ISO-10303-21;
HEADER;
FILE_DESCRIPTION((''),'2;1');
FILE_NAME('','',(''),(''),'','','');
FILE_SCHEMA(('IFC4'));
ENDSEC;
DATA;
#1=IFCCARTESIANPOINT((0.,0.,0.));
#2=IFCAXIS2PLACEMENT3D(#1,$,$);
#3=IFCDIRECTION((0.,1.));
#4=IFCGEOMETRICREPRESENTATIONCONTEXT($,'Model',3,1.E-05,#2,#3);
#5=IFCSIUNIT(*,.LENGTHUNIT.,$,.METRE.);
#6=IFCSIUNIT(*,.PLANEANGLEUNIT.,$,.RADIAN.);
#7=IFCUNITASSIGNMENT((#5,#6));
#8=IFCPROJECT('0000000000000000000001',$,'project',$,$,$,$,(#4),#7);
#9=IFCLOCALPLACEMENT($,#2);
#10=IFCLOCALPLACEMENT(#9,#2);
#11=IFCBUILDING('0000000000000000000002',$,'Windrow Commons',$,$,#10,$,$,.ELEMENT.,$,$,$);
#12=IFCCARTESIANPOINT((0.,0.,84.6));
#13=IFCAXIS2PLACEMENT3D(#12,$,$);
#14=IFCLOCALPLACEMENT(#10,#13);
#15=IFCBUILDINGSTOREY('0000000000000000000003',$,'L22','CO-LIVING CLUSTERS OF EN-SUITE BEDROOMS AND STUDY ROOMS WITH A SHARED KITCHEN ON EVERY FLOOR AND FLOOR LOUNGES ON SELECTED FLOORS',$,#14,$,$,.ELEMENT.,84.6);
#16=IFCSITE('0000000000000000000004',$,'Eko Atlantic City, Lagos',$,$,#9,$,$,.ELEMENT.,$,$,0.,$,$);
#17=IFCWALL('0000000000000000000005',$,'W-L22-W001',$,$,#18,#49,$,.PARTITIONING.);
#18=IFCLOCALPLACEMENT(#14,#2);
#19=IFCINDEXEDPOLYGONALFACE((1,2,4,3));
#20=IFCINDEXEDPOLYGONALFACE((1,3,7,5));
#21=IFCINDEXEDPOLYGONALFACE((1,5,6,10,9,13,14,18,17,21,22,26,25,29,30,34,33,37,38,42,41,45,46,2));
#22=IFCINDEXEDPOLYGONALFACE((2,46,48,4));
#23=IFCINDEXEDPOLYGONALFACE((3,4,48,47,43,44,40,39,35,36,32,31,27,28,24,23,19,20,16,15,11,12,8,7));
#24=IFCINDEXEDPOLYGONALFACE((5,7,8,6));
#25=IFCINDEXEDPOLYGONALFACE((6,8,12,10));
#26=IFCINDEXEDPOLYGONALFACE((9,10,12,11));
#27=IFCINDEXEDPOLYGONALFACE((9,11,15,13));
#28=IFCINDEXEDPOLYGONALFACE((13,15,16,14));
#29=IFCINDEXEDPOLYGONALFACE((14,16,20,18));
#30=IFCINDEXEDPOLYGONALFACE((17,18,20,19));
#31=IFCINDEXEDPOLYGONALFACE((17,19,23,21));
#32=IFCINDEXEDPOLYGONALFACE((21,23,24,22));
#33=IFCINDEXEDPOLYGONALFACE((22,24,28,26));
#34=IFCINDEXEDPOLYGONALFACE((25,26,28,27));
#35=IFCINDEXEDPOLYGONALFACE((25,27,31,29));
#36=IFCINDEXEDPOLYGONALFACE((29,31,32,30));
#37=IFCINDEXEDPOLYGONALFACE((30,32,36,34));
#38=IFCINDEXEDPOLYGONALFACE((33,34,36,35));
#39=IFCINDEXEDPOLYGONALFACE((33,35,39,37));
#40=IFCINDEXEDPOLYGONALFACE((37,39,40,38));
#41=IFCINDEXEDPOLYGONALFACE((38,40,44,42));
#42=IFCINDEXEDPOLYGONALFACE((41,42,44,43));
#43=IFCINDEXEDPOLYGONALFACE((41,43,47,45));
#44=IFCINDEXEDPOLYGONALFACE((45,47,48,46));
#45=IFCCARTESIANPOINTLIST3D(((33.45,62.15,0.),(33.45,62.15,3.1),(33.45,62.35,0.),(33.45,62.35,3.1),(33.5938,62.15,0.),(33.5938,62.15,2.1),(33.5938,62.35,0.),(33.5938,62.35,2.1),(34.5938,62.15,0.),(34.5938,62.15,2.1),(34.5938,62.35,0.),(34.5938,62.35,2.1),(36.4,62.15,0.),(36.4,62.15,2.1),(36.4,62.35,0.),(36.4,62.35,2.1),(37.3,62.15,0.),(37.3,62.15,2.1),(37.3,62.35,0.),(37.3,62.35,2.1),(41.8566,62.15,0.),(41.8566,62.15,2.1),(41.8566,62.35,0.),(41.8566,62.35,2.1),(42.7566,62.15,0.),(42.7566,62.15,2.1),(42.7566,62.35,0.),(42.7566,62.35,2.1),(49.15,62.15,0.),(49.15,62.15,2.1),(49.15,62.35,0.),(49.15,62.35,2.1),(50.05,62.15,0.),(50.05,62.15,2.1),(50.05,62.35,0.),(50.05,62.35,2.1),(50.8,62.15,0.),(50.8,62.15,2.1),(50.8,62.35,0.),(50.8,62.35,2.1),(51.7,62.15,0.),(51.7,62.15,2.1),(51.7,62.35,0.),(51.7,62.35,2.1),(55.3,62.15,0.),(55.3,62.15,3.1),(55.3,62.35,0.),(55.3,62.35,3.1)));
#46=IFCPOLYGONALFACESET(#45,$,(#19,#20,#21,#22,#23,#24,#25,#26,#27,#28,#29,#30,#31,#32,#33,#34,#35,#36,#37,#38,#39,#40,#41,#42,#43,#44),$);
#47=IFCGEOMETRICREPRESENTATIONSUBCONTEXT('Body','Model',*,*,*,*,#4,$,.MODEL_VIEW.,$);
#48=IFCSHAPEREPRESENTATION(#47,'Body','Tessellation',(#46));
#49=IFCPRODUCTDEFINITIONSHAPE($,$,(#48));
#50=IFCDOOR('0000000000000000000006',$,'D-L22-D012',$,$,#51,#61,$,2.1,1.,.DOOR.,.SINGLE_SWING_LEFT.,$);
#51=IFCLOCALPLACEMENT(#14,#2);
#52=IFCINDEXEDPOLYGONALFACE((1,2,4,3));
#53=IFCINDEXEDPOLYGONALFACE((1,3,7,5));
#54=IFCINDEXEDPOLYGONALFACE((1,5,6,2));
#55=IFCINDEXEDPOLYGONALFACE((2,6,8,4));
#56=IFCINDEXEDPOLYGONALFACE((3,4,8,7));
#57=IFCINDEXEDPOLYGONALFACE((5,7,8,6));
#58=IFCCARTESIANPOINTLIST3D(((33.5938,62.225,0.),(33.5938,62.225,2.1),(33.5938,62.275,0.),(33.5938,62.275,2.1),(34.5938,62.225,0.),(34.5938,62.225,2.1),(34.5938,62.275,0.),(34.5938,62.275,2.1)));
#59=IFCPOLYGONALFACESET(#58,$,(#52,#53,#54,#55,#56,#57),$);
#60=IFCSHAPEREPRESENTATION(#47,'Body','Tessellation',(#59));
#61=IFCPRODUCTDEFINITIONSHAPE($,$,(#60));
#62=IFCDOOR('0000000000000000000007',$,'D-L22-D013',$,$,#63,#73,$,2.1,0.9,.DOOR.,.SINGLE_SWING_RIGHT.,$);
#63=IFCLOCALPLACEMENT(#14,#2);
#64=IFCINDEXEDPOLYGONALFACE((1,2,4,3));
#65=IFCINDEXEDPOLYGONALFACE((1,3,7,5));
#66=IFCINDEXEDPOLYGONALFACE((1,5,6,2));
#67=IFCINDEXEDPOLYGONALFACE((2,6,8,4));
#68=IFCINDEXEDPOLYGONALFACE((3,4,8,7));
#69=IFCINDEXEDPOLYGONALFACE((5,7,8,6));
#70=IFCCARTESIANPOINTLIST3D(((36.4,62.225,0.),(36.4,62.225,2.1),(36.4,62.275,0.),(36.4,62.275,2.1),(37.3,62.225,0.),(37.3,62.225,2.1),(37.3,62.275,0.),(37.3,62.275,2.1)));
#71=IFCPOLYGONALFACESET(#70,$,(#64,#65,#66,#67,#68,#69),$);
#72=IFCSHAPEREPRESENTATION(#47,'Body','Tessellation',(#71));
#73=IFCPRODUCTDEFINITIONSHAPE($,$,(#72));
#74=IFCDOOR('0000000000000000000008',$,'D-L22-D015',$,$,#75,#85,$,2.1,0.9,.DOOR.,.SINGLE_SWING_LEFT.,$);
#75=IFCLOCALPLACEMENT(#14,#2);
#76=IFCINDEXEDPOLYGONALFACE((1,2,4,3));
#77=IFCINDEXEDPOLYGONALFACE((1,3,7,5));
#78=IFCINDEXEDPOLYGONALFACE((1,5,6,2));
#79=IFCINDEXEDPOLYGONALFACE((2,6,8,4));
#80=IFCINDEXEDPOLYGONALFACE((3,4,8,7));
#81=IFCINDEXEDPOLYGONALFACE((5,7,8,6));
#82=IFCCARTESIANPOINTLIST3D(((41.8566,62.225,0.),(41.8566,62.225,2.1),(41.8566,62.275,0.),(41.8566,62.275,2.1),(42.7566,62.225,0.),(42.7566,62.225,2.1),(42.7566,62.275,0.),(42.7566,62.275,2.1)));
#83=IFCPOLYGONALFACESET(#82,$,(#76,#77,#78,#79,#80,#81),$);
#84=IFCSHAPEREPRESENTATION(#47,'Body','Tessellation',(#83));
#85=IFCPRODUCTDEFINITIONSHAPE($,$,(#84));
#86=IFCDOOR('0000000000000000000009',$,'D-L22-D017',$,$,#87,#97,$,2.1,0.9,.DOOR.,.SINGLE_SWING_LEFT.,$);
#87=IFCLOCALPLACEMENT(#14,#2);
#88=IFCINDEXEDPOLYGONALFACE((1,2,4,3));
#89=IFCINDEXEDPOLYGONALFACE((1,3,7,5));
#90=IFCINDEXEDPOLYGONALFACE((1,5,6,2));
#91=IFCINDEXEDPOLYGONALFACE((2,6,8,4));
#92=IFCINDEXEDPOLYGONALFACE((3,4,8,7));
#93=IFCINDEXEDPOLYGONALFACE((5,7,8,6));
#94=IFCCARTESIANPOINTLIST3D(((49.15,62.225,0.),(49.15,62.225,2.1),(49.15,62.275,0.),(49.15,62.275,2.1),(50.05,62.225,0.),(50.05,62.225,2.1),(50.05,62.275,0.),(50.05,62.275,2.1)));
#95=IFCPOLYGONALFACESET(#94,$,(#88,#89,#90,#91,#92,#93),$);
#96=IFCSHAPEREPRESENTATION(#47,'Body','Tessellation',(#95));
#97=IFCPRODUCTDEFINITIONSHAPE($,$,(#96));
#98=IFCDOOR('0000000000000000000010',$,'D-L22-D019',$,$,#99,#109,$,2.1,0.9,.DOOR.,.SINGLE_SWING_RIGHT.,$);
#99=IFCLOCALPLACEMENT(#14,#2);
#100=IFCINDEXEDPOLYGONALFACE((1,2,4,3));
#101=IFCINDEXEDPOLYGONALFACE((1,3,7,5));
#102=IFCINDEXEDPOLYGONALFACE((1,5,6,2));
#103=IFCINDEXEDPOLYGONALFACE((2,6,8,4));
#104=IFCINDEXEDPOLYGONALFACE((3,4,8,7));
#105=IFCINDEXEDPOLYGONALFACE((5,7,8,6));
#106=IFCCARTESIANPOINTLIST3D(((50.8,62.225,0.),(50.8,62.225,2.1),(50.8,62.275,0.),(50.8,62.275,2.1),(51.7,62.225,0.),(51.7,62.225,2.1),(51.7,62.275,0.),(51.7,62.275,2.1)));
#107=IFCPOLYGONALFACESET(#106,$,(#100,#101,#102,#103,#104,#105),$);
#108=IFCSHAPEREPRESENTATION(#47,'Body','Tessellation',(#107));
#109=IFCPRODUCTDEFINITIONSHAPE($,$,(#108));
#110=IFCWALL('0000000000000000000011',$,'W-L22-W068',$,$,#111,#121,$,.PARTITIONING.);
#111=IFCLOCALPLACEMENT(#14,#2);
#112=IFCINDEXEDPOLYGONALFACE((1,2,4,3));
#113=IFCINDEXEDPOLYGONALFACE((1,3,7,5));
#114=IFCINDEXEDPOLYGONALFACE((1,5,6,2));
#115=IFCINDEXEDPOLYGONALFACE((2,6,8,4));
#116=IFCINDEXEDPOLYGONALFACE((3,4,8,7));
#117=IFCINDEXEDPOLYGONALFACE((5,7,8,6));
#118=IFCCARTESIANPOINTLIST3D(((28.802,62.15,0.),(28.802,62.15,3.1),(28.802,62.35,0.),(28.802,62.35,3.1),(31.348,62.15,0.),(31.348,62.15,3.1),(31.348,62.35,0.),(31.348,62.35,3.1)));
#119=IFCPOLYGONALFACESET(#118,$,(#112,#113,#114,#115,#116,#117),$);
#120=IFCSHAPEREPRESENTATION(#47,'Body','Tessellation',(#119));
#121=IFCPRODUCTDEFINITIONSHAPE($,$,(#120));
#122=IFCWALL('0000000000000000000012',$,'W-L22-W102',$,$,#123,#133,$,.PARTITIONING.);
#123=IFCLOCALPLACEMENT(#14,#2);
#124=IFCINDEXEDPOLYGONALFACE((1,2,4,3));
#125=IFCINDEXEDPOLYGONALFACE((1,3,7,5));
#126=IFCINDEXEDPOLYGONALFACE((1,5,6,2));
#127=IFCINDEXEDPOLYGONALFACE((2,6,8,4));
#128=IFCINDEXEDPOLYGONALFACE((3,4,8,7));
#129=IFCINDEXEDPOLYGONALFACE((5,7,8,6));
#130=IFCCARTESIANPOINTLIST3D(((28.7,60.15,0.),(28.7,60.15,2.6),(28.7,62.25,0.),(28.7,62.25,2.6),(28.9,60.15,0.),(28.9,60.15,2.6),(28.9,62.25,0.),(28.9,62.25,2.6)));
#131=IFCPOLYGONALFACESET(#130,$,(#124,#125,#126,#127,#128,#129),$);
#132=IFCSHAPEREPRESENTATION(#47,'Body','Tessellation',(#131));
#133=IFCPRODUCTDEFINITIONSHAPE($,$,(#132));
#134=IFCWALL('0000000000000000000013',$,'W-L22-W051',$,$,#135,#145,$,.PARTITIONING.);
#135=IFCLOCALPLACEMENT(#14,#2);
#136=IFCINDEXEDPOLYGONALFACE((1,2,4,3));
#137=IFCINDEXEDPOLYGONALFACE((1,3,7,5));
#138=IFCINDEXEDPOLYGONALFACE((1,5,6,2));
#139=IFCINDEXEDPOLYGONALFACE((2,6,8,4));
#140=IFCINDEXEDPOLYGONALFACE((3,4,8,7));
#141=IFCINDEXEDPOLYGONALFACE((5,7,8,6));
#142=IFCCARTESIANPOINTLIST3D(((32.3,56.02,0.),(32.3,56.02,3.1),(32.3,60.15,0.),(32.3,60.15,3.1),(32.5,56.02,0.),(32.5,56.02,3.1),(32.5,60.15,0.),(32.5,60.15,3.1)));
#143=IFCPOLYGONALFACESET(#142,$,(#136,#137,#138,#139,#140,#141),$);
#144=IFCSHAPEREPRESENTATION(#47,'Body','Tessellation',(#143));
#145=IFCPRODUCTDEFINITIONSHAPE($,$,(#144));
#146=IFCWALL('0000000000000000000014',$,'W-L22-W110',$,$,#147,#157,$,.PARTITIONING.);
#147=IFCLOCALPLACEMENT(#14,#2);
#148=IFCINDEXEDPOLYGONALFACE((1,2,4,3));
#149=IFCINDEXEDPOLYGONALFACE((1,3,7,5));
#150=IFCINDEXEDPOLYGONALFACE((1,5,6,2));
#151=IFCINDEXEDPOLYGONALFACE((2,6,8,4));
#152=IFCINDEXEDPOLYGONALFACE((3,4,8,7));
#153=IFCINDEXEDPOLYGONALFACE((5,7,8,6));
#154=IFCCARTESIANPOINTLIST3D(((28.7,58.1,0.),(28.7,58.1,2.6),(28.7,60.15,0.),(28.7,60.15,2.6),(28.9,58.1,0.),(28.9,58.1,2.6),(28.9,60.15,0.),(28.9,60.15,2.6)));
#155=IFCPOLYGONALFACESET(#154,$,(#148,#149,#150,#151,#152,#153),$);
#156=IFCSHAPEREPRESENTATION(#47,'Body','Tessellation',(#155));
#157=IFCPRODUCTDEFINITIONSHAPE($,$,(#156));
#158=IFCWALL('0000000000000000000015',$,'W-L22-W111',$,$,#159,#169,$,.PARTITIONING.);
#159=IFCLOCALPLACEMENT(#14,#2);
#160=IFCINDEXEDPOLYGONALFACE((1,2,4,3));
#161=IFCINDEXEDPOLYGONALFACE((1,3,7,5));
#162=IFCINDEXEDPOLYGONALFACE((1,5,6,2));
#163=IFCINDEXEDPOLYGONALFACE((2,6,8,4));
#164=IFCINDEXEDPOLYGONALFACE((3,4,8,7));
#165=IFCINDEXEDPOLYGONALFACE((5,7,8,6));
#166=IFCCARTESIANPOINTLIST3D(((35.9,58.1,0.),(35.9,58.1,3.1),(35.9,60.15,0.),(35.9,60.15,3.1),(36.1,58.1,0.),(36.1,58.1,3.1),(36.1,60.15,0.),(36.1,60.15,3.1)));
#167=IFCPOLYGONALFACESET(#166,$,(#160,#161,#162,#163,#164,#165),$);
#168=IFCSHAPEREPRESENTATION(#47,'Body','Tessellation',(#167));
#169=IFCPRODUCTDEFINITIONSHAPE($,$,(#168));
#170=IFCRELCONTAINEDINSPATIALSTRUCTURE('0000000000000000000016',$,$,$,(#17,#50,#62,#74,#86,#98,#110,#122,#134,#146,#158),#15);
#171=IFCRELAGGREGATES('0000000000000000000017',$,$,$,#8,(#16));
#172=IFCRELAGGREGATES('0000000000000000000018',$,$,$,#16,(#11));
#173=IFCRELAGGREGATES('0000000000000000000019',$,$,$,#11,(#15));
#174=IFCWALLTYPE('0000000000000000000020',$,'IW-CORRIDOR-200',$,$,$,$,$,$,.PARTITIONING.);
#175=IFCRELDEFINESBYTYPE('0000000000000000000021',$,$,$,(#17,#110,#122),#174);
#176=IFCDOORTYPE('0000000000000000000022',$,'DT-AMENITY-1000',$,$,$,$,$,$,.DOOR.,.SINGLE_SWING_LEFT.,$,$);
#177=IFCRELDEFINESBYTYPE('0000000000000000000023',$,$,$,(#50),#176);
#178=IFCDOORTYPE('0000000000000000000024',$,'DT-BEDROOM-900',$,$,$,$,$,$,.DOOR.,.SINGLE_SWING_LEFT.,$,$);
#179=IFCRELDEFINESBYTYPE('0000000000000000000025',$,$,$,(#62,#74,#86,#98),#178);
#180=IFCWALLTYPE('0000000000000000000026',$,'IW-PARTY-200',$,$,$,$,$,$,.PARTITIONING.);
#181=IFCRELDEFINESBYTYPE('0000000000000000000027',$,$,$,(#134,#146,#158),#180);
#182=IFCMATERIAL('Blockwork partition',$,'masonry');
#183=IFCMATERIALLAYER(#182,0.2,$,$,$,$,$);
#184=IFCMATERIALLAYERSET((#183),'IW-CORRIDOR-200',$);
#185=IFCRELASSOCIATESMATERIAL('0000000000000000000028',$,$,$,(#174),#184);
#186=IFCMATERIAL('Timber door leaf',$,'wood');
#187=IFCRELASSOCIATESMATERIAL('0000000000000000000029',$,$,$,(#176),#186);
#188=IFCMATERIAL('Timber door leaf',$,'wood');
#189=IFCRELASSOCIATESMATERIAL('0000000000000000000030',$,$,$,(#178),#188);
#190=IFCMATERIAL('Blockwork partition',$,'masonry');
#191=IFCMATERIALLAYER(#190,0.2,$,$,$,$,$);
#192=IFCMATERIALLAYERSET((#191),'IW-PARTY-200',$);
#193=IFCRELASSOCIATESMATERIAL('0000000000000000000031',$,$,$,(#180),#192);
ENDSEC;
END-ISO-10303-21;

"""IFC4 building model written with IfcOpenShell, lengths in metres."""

from ifc_helpers import new_model, si_unit, direction, frame, frame_2d, origin, place, context, subcontext, project, spatial, rectangle, extrude, material, layer, layer_set, type_object, element, fill, save


model = new_model("IFC4")

# Units and contexts
model_context = context("Model", 3, precision=1e-05, world=origin(), true_north=direction((0.0, 1.0)))
body_context = subcontext(model_context, "Body", "Model", "MODEL_VIEW")
ifc_project = project(units=[si_unit("LENGTHUNIT", "METRE"), si_unit("PLANEANGLEUNIT", "RADIAN")], contexts=[model_context])

# Site, building, storey
site_placement = place(None, origin())
site = spatial("IfcSite", under=ifc_project, at=site_placement, Name="Eko Atlantic City, Lagos", CompositionType="ELEMENT", RefElevation=0.0)
building_placement = place(site_placement, origin())
building = spatial("IfcBuilding", under=site, at=building_placement, Name="Windrow Commons", CompositionType="ELEMENT")
storey_placement = place(building_placement, frame((0.0, 0.0, 84.6)))
storey = spatial("IfcBuildingStorey", under=building, at=storey_placement, Name="L22", Description="CO-LIVING CLUSTERS OF EN-SUITE BEDROOMS AND STUDY ROOMS WITH A SHARED KITCHEN ON EVERY FLOOR AND FLOOR LOUNGES ON SELECTED FLOORS", CompositionType="ELEMENT", Elevation=84.6)

# Wall, openings, doors
ifc_material_1 = material(Name="Blockwork partition", Category="masonry")
ifc_layer_1 = layer(ifc_material_1, 0.2)
ifc_layer_set_1 = layer_set([ifc_layer_1], Name="IW-CORRIDOR-200")
wall_type_1 = type_object("IfcWallType", Name="IW-CORRIDOR-200", PredefinedType="PARTITIONING", material=ifc_layer_set_1)
ifc_material_2 = material(Name="Timber door leaf", Category="wood")
door_type_1 = type_object("IfcDoorType", Name="DT-AMENITY-1000", OperationType="SINGLE_SWING_LEFT", PredefinedType="DOOR", material=ifc_material_2)
ifc_material_3 = material(Name="Timber door leaf", Category="wood")
door_type_2 = type_object("IfcDoorType", Name="DT-BEDROOM-900", OperationType="SINGLE_SWING_LEFT", PredefinedType="DOOR", material=ifc_material_3)
wall_1_placement = place(storey_placement, frame((33.45, 62.25, 0.0), z_axis=(0.0, 0.0, 1.0), x_axis=(1.0, 0.0, 0.0)))
wall_1 = element("IfcWall", 1, at=wall_1_placement, inside=storey, type_object=wall_type_1, Name="W-L22-W001", PredefinedType="PARTITIONING", context=body_context, shape_type="SweptSolid", body=[
    extrude(rectangle(XDim=21.85, YDim=0.2, at=frame_2d((10.925, 0.0))), origin(), (0.0, 0.0, 1.0), 3.1),
])
opening_1_placement = place(wall_1_placement, frame((0.1438, 0.0, 0.0)))
opening_1 = element("IfcOpeningElement", 2, at=opening_1_placement, cuts=wall_1, PredefinedType="OPENING", context=body_context, shape_type="SweptSolid", body=[
    extrude(rectangle(XDim=1.0, YDim=2.1, at=frame_2d((0.5, 1.05))), frame((0.0, 0.11, 0.0), z_axis=(0.0, -1.0, 0.0), x_axis=(1.0, 0.0, 0.0)), (0.0, 0.0, 1.0), 0.22),
])
opening_2_placement = place(wall_1_placement, frame((2.95, 0.0, 0.0)))
opening_2 = element("IfcOpeningElement", 3, at=opening_2_placement, cuts=wall_1, PredefinedType="OPENING", context=body_context, shape_type="SweptSolid", body=[
    extrude(rectangle(XDim=0.9, YDim=2.1, at=frame_2d((0.45, 1.05))), frame((0.0, 0.11, 0.0), z_axis=(0.0, -1.0, 0.0), x_axis=(1.0, 0.0, 0.0)), (0.0, 0.0, 1.0), 0.22),
])
opening_3_placement = place(wall_1_placement, frame((8.4066, 0.0, 0.0)))
opening_3 = element("IfcOpeningElement", 4, at=opening_3_placement, cuts=wall_1, PredefinedType="OPENING", context=body_context, shape_type="SweptSolid", body=[
    extrude(rectangle(XDim=0.9, YDim=2.1, at=frame_2d((0.45, 1.05))), frame((0.0, 0.11, 0.0), z_axis=(0.0, -1.0, 0.0), x_axis=(1.0, 0.0, 0.0)), (0.0, 0.0, 1.0), 0.22),
])
opening_4_placement = place(wall_1_placement, frame((15.7, 0.0, 0.0)))
opening_4 = element("IfcOpeningElement", 5, at=opening_4_placement, cuts=wall_1, PredefinedType="OPENING", context=body_context, shape_type="SweptSolid", body=[
    extrude(rectangle(XDim=0.9, YDim=2.1, at=frame_2d((0.45, 1.05))), frame((0.0, 0.11, 0.0), z_axis=(0.0, -1.0, 0.0), x_axis=(1.0, 0.0, 0.0)), (0.0, 0.0, 1.0), 0.22),
])
opening_5_placement = place(wall_1_placement, frame((17.35, 0.0, 0.0)))
opening_5 = element("IfcOpeningElement", 6, at=opening_5_placement, cuts=wall_1, PredefinedType="OPENING", context=body_context, shape_type="SweptSolid", body=[
    extrude(rectangle(XDim=0.9, YDim=2.1, at=frame_2d((0.45, 1.05))), frame((0.0, 0.11, 0.0), z_axis=(0.0, -1.0, 0.0), x_axis=(1.0, 0.0, 0.0)), (0.0, 0.0, 1.0), 0.22),
])
door_1_placement = place(opening_1_placement, origin())
door_1 = element("IfcDoor", 7, at=door_1_placement, inside=storey, type_object=door_type_1, Name="D-L22-D012", OperationType="SINGLE_SWING_LEFT", OverallHeight=2.1, OverallWidth=1.0, PredefinedType="DOOR", context=body_context, shape_type="SweptSolid", body=[
    extrude(rectangle(XDim=1.0, YDim=2.1, at=frame_2d((0.5, 1.05))), frame((0.0, 0.025, 0.0), z_axis=(0.0, -1.0, 0.0), x_axis=(1.0, 0.0, 0.0)), (0.0, 0.0, 1.0), 0.05),
])
fill(opening_1, door_1)
door_2_placement = place(opening_2_placement, origin())
door_2 = element("IfcDoor", 8, at=door_2_placement, inside=storey, type_object=door_type_2, Name="D-L22-D013", OperationType="SINGLE_SWING_RIGHT", OverallHeight=2.1, OverallWidth=0.9, PredefinedType="DOOR", context=body_context, shape_type="SweptSolid", body=[
    extrude(rectangle(XDim=0.9, YDim=2.1, at=frame_2d((0.45, 1.05))), frame((0.0, 0.025, 0.0), z_axis=(0.0, -1.0, 0.0), x_axis=(1.0, 0.0, 0.0)), (0.0, 0.0, 1.0), 0.05),
])
fill(opening_2, door_2)
door_3_placement = place(opening_3_placement, origin())
door_3 = element("IfcDoor", 9, at=door_3_placement, inside=storey, type_object=door_type_2, Name="D-L22-D015", OperationType="SINGLE_SWING_LEFT", OverallHeight=2.1, OverallWidth=0.9, PredefinedType="DOOR", context=body_context, shape_type="SweptSolid", body=[
    extrude(rectangle(XDim=0.9, YDim=2.1, at=frame_2d((0.45, 1.05))), frame((0.0, 0.025, 0.0), z_axis=(0.0, -1.0, 0.0), x_axis=(1.0, 0.0, 0.0)), (0.0, 0.0, 1.0), 0.05),
])
fill(opening_3, door_3)
door_4_placement = place(opening_4_placement, origin())
door_4 = element("IfcDoor", 10, at=door_4_placement, inside=storey, type_object=door_type_2, Name="D-L22-D017", OperationType="SINGLE_SWING_LEFT", OverallHeight=2.1, OverallWidth=0.9, PredefinedType="DOOR", context=body_context, shape_type="SweptSolid", body=[
    extrude(rectangle(XDim=0.9, YDim=2.1, at=frame_2d((0.45, 1.05))), frame((0.0, 0.025, 0.0), z_axis=(0.0, -1.0, 0.0), x_axis=(1.0, 0.0, 0.0)), (0.0, 0.0, 1.0), 0.05),
])
fill(opening_4, door_4)
door_5_placement = place(opening_5_placement, origin())
door_5 = element("IfcDoor", 11, at=door_5_placement, inside=storey, type_object=door_type_2, Name="D-L22-D019", OperationType="SINGLE_SWING_RIGHT", OverallHeight=2.1, OverallWidth=0.9, PredefinedType="DOOR", context=body_context, shape_type="SweptSolid", body=[
    extrude(rectangle(XDim=0.9, YDim=2.1, at=frame_2d((0.45, 1.05))), frame((0.0, 0.025, 0.0), z_axis=(0.0, -1.0, 0.0), x_axis=(1.0, 0.0, 0.0)), (0.0, 0.0, 1.0), 0.05),
])
fill(opening_5, door_5)

# Walls
wall_2_placement = place(storey_placement, frame((28.802, 62.25, 0.0), z_axis=(0.0, 0.0, 1.0), x_axis=(1.0, 0.0, 0.0)))
element("IfcWall", 12, at=wall_2_placement, inside=storey, type_object=wall_type_1, Name="W-L22-W068", PredefinedType="PARTITIONING", context=body_context, shape_type="SweptSolid", body=[
    extrude(rectangle(XDim=2.546, YDim=0.2, at=frame_2d((1.273, 0.0))), origin(), (0.0, 0.0, 1.0), 3.1),
])
wall_3_placement = place(storey_placement, frame((28.8, 60.15, 0.0), z_axis=(0.0, 0.0, 1.0), x_axis=(0.0, 1.0, 0.0)))
element("IfcWall", 13, at=wall_3_placement, inside=storey, type_object=wall_type_1, Name="W-L22-W102", PredefinedType="PARTITIONING", context=body_context, shape_type="SweptSolid", body=[
    extrude(rectangle(XDim=2.1, YDim=0.2, at=frame_2d((1.05, 0.0))), origin(), (0.0, 0.0, 1.0), 2.6),
])
ifc_material_4 = material(Name="Blockwork partition", Category="masonry")
ifc_layer_2 = layer(ifc_material_4, 0.2)
ifc_layer_set_2 = layer_set([ifc_layer_2], Name="IW-PARTY-200")
wall_type_2 = type_object("IfcWallType", Name="IW-PARTY-200", PredefinedType="PARTITIONING", material=ifc_layer_set_2)
wall_4_placement = place(storey_placement, frame((32.4, 56.02, 0.0), z_axis=(0.0, 0.0, 1.0), x_axis=(0.0, 1.0, 0.0)))
element("IfcWall", 14, at=wall_4_placement, inside=storey, type_object=wall_type_2, Name="W-L22-W051", PredefinedType="PARTITIONING", context=body_context, shape_type="SweptSolid", body=[
    extrude(rectangle(XDim=4.13, YDim=0.2, at=frame_2d((2.065, 0.0))), origin(), (0.0, 0.0, 1.0), 3.1),
])
wall_5_placement = place(storey_placement, frame((28.8, 58.1, 0.0), z_axis=(0.0, 0.0, 1.0), x_axis=(0.0, 1.0, 0.0)))
element("IfcWall", 15, at=wall_5_placement, inside=storey, type_object=wall_type_2, Name="W-L22-W110", PredefinedType="PARTITIONING", context=body_context, shape_type="SweptSolid", body=[
    extrude(rectangle(XDim=2.05, YDim=0.2, at=frame_2d((1.025, 0.0))), origin(), (0.0, 0.0, 1.0), 2.6),
])
for number, where, z_axis, x_axis, name in (
    (16, (36.0, 58.1, 0.0), (0.0, 0.0, 1.0), (0.0, 1.0, 0.0), "W-L22-W111"),
):
    element("IfcWall", number, at=place(storey_placement, frame(where, z_axis=z_axis, x_axis=x_axis)), inside=storey, type_object=wall_type_2, Name=name, PredefinedType="PARTITIONING", context=body_context, shape_type="SweptSolid", body=[
        extrude(rectangle(XDim=2.05, YDim=0.2, at=frame_2d((1.025, 0.0))), origin(), (0.0, 0.0, 1.0), 3.1),
    ])

save(model, "model.ifc")
